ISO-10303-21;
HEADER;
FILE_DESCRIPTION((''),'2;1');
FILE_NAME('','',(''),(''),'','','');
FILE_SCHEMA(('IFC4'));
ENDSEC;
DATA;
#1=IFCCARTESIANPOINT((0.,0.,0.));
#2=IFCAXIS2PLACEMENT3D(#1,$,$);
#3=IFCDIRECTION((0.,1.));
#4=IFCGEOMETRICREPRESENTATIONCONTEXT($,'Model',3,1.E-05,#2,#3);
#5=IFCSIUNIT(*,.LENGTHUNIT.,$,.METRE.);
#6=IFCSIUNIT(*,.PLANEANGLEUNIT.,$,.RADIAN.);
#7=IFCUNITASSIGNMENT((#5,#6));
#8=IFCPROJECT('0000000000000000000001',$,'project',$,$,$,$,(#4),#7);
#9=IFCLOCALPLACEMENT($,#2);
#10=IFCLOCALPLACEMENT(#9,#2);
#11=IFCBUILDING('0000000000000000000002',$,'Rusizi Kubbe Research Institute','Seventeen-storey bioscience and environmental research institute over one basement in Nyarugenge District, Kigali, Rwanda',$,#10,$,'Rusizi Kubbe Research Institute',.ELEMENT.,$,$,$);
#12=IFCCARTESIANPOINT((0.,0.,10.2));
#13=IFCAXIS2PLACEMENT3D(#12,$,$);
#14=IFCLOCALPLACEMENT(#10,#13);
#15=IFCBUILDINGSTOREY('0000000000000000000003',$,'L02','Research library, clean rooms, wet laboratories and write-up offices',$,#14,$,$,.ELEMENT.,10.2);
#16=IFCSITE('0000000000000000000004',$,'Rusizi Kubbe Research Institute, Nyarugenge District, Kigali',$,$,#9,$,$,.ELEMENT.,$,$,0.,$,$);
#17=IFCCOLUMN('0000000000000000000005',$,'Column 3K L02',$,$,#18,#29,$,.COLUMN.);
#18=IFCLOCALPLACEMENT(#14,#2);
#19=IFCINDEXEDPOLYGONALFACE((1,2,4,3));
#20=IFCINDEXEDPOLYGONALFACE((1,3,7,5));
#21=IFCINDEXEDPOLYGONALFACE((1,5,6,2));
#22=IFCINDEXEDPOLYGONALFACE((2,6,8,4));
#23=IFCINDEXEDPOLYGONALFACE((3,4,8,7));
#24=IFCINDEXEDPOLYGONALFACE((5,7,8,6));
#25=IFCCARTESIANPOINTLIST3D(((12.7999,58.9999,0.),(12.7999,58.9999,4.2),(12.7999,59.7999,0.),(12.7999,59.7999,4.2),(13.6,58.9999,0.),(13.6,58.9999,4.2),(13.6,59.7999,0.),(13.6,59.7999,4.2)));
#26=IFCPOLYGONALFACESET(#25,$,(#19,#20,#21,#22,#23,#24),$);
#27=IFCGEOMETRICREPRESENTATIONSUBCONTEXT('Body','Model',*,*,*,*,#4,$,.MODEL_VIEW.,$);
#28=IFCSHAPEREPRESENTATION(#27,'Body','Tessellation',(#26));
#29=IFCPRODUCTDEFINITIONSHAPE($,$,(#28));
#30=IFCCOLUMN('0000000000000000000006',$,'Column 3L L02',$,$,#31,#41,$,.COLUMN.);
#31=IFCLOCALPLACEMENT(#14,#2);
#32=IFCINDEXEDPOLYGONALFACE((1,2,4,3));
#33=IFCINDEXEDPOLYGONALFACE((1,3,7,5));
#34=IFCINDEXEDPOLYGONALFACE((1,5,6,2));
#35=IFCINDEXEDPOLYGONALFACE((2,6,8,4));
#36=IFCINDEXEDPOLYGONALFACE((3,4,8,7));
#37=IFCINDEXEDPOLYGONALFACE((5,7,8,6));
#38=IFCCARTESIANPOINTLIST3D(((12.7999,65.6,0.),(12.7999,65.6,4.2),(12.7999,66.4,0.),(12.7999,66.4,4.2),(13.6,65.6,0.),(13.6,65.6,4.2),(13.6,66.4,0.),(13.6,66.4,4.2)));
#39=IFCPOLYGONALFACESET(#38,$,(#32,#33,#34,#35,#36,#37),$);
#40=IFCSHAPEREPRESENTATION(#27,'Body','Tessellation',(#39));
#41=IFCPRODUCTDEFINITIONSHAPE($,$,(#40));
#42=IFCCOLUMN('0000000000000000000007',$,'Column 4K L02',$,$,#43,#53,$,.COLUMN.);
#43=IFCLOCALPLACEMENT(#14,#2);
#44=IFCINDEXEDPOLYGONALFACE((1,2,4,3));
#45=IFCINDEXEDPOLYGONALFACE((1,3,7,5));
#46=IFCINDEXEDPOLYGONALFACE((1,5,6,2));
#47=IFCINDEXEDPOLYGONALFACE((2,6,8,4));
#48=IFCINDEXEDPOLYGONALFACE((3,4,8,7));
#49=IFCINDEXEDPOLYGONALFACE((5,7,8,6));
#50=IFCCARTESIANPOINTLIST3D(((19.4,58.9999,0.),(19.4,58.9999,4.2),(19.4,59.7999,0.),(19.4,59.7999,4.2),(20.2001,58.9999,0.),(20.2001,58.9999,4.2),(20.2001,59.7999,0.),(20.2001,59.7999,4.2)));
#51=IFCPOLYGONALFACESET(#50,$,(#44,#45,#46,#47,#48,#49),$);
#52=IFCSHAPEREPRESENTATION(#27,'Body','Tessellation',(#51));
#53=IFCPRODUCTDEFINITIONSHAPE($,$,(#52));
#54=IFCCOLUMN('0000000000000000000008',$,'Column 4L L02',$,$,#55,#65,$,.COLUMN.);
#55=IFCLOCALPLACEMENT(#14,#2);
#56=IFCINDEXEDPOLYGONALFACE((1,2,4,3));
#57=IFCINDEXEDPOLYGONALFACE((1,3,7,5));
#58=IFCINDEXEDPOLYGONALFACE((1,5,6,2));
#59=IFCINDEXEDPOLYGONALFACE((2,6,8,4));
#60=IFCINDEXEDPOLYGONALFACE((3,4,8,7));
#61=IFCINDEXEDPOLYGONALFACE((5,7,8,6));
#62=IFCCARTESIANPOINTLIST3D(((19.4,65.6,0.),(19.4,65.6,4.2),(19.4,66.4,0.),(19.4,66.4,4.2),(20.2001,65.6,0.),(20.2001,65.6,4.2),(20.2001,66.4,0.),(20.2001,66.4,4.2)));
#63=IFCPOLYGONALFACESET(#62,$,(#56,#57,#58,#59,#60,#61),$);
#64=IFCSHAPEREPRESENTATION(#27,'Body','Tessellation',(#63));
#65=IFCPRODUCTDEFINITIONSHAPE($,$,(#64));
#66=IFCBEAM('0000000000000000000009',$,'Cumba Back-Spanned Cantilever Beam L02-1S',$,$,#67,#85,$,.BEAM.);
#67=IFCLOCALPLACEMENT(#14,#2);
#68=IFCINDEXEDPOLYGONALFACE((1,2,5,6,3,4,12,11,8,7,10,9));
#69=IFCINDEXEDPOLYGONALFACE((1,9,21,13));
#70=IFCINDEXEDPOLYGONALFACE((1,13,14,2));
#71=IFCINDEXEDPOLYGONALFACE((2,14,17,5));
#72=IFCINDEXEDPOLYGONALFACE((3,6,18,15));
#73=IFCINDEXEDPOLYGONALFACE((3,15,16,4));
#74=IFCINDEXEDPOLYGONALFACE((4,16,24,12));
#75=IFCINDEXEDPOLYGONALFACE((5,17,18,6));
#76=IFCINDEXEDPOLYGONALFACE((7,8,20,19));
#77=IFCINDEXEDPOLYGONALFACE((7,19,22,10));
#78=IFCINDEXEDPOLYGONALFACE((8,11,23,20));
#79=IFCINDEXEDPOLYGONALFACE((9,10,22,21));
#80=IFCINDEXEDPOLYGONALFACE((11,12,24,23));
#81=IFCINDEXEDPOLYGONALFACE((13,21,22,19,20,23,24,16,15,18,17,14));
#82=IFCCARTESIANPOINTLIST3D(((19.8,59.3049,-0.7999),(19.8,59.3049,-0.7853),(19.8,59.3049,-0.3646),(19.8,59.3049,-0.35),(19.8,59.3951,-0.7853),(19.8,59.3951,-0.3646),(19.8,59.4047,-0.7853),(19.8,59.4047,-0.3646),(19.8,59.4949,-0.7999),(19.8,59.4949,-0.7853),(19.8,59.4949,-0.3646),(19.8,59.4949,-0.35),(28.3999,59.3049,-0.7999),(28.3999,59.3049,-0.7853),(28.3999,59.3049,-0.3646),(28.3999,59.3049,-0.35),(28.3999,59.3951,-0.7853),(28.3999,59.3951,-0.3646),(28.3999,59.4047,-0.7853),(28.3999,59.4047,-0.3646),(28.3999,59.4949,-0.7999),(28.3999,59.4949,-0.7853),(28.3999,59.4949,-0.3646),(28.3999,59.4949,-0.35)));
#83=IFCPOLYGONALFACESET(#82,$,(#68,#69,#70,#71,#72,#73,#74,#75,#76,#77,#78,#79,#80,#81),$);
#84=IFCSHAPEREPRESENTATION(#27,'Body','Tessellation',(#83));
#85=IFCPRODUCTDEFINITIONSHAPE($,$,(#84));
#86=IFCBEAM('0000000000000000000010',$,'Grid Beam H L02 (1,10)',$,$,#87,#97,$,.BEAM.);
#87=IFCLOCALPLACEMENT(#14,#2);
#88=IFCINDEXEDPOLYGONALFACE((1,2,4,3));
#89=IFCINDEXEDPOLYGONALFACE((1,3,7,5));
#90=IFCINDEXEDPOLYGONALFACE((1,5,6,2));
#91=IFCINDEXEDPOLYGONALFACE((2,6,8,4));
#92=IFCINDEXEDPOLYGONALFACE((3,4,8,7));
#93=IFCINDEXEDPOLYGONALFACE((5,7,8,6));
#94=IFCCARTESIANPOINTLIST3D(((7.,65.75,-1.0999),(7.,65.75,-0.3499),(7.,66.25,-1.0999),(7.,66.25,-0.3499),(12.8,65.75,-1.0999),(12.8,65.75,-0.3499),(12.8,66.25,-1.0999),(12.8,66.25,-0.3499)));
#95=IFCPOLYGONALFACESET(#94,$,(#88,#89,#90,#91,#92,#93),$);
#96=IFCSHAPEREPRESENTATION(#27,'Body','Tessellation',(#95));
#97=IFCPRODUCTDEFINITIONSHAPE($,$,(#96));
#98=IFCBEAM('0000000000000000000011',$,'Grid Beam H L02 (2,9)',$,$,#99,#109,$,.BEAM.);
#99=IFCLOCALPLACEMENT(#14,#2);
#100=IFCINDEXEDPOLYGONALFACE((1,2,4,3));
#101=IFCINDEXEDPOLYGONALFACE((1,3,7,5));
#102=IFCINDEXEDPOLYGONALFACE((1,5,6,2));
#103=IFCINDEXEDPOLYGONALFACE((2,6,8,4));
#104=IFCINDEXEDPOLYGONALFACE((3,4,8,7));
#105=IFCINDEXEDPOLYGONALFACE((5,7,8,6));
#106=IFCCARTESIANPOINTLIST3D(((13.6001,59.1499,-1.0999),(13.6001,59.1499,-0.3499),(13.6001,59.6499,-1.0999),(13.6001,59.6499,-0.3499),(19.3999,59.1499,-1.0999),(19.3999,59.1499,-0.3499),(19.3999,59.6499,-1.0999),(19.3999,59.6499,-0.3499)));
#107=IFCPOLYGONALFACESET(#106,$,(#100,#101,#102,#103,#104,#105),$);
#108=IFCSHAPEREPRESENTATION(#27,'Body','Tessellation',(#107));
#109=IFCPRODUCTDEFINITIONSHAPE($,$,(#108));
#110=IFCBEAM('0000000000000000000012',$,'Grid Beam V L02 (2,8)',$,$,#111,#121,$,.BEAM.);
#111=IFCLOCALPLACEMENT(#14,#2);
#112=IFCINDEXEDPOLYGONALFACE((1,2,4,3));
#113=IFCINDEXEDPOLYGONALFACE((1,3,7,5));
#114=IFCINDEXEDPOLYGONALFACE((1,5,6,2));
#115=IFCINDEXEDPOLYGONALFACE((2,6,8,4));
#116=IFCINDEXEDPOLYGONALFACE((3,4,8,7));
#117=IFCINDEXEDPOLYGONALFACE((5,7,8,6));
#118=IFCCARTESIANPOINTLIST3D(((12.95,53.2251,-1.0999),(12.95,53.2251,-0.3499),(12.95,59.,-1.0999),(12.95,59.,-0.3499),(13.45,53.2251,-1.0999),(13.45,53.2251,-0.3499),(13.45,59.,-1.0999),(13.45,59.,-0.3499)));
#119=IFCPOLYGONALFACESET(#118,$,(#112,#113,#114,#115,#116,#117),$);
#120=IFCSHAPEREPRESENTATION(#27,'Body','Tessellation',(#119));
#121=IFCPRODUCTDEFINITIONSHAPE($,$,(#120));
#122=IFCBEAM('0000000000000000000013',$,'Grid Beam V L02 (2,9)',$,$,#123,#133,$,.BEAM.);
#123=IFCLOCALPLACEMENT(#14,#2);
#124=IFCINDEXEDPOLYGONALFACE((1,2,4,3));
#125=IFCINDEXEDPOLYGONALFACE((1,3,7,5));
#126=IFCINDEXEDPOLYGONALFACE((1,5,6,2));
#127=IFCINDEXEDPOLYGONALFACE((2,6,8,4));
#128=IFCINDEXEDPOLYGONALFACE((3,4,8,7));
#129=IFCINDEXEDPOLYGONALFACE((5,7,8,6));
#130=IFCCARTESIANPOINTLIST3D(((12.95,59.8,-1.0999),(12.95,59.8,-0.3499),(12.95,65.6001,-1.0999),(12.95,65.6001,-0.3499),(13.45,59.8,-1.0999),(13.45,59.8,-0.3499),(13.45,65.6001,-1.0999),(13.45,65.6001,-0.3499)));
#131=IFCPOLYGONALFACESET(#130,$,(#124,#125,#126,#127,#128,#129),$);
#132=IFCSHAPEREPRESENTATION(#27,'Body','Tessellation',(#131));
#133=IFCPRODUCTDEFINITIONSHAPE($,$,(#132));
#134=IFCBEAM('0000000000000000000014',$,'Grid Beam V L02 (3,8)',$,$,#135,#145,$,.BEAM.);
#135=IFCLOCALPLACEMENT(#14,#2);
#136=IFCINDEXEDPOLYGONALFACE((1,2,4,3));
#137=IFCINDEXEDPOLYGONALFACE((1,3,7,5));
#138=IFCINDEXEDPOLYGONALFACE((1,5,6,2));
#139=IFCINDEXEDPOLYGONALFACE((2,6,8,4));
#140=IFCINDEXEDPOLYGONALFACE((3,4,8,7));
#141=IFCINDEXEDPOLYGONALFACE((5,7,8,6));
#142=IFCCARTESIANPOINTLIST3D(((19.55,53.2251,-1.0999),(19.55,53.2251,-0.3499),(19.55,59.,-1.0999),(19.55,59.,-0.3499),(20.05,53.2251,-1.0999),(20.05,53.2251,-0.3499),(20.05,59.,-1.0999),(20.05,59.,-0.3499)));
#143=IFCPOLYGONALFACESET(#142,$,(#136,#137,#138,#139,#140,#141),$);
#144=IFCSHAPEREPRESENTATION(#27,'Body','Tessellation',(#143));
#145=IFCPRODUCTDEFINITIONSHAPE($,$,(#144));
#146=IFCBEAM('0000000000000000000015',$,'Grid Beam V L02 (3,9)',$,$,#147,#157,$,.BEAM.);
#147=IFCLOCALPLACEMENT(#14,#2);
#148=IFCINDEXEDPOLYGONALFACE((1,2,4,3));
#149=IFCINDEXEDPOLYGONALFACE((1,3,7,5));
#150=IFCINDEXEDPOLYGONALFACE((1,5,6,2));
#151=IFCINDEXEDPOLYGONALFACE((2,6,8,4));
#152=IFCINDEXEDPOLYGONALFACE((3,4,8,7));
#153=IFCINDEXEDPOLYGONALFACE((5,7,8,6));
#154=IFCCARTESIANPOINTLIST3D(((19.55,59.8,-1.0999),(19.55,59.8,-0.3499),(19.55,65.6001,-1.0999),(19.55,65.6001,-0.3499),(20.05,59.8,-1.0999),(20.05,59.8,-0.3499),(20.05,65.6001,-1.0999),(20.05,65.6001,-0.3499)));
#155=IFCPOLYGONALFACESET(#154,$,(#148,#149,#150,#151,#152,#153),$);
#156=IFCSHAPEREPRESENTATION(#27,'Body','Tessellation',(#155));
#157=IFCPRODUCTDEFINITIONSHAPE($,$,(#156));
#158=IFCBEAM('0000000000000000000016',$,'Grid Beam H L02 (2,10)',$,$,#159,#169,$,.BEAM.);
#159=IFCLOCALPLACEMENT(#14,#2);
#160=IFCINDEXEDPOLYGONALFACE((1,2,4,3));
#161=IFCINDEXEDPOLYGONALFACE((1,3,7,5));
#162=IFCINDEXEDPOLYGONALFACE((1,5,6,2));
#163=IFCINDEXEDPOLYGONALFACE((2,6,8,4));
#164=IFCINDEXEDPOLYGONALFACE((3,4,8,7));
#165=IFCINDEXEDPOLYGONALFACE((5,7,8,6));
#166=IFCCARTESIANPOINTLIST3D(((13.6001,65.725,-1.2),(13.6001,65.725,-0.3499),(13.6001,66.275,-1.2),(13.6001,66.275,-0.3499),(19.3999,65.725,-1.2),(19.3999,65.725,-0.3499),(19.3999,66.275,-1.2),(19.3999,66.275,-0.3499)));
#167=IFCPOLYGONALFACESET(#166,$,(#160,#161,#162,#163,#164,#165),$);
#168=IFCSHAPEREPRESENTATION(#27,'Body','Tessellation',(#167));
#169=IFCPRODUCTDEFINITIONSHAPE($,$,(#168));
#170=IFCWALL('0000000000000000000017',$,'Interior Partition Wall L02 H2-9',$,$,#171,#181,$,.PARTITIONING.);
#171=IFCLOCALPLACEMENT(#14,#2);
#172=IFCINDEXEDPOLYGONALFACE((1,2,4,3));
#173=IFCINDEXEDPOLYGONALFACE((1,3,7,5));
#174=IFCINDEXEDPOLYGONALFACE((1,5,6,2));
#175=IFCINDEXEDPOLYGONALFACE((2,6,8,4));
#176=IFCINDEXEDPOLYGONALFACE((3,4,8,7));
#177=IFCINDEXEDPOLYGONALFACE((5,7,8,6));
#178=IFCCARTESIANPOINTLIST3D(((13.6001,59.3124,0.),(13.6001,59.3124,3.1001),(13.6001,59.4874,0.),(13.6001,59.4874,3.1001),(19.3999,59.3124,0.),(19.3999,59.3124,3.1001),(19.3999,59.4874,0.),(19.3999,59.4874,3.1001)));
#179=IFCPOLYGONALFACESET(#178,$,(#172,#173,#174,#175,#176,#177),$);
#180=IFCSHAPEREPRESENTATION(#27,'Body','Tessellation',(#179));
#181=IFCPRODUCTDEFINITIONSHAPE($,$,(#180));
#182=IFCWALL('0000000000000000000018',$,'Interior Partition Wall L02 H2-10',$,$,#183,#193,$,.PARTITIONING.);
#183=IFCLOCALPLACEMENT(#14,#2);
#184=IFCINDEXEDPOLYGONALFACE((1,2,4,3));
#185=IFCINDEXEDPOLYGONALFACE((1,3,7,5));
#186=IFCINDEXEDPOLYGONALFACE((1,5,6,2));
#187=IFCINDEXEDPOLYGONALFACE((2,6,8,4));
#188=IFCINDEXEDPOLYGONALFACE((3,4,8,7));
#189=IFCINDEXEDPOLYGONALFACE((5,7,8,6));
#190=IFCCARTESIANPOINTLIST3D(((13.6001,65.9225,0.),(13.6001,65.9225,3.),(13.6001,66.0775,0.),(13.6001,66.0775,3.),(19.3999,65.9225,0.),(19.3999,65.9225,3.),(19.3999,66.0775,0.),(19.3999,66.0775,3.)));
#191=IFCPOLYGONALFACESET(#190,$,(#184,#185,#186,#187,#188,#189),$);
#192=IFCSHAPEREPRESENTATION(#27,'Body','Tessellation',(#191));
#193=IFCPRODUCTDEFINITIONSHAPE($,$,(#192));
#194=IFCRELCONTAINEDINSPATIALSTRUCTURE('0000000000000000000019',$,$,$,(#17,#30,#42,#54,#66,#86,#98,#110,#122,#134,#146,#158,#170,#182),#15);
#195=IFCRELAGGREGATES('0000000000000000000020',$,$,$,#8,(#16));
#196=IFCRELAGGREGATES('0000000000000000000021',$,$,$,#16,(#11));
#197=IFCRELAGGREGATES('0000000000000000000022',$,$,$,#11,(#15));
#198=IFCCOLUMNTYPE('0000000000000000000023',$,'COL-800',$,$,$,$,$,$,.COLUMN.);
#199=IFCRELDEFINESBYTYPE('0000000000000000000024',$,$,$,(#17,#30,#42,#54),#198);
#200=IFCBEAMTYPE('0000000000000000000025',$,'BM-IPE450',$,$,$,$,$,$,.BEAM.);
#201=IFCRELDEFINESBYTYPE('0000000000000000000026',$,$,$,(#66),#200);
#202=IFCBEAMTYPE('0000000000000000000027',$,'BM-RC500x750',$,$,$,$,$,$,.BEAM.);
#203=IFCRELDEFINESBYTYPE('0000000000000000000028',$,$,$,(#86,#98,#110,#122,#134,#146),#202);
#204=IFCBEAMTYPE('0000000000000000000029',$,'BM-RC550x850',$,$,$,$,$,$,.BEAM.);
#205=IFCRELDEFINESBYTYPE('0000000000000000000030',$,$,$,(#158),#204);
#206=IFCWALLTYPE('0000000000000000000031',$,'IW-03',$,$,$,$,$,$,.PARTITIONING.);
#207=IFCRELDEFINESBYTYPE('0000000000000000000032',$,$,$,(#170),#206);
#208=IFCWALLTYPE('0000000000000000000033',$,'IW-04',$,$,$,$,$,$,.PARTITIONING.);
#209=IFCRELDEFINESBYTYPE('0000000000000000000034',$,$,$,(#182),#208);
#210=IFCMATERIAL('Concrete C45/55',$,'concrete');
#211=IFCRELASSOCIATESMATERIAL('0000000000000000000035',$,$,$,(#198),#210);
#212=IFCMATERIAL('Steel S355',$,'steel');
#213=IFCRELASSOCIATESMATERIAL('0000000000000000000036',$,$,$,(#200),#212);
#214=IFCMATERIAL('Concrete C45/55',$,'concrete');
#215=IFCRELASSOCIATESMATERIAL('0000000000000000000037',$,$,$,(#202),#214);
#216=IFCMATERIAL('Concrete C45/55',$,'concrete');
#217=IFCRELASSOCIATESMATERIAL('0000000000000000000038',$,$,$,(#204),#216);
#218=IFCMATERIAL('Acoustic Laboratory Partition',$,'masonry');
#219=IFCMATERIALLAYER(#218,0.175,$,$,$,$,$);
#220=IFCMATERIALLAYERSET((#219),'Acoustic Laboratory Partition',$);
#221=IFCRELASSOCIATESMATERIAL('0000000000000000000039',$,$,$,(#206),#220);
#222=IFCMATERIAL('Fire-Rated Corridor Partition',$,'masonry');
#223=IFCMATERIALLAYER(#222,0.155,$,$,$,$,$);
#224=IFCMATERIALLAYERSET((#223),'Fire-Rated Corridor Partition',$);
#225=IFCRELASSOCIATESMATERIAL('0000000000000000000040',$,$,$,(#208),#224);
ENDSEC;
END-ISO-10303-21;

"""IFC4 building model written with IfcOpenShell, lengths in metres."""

from ifc_helpers import new_model, si_unit, direction, frame, frame_2d, origin, origin_2d, place, context, subcontext, project, spatial, rectangle, i_section, extrude, material, layer, layer_set, material_profile, profile_set, type_object, element, save


model = new_model("IFC4")

# Units and contexts
model_context = context("Model", 3, precision=1e-05, world=origin(), true_north=direction((0.0, 1.0)))
body_context = subcontext(model_context, "Body", "Model", "MODEL_VIEW")
ifc_project = project(units=[si_unit("LENGTHUNIT", "METRE"), si_unit("PLANEANGLEUNIT", "RADIAN")], contexts=[model_context])

# Site, building, storey
site_placement = place(None, origin())
site = spatial("IfcSite", under=ifc_project, at=site_placement, Name="Rusizi Kubbe Research Institute, Nyarugenge District, Kigali", CompositionType="ELEMENT", RefElevation=0.0)
building_placement = place(site_placement, origin())
building = spatial("IfcBuilding", under=site, at=building_placement, Name="Rusizi Kubbe Research Institute", Description="Seventeen-storey bioscience and environmental research institute over one basement in Nyarugenge District, Kigali, Rwanda", LongName="Rusizi Kubbe Research Institute", CompositionType="ELEMENT")
storey_placement = place(building_placement, frame((0.0, 0.0, 10.2)))
storey = spatial("IfcBuildingStorey", under=building, at=storey_placement, Name="L02", Description="Research library, clean rooms, wet laboratories and write-up offices", CompositionType="ELEMENT", Elevation=10.2)

# Columns
ifc_material_1 = material(Name="Concrete C45/55", Category="concrete")
ifc_material_profile_1 = material_profile(ifc_material_1, rectangle(XDim=0.8, YDim=0.8, at=origin_2d()), Name="RC800x800")
ifc_profile_set_1 = profile_set([ifc_material_profile_1], Name="Concrete C45/55")
column_type = type_object("IfcColumnType", Name="COL-800", PredefinedType="COLUMN", material=ifc_profile_set_1)
for number, where, z_axis, x_axis, name in (
    (1, (13.2, 59.3999, 0.0), (0.0, 0.0, 1.0), (1.0, 0.0, 0.0), "Column 3K L02"),
    (2, (13.2, 66.0, 0.0), (0.0, 0.0, 1.0), (1.0, 0.0, 0.0), "Column 3L L02"),
    (3, (19.8, 59.3999, 0.0), (0.0, 0.0, 1.0), (1.0, 0.0, 0.0), "Column 4K L02"),
    (4, (19.8, 66.0, 0.0), (0.0, 0.0, 1.0), (1.0, 0.0, 0.0), "Column 4L L02"),
):
    element("IfcColumn", number, at=place(storey_placement, frame(where, z_axis=z_axis, x_axis=x_axis)), inside=storey, type_object=column_type, Name=name, PredefinedType="COLUMN", context=body_context, shape_type="SweptSolid", body=[
        extrude(rectangle(XDim=0.8, YDim=0.8, at=origin_2d()), origin(), (0.0, 0.0, 1.0), 4.2),
    ])

# Beams
ifc_material_2 = material(Name="Steel S355", Category="steel")
ifc_material_profile_2 = material_profile(ifc_material_2, i_section(OverallWidth=0.1899, OverallDepth=0.45, WebThickness=0.0095, FlangeThickness=0.0146, at=origin_2d()), Name="IPE 450")
ifc_profile_set_2 = profile_set([ifc_material_profile_2], Name="Steel S355")
beam_type_1 = type_object("IfcBeamType", Name="BM-IPE450", PredefinedType="BEAM", material=ifc_profile_set_2)
beam_1_placement = place(storey_placement, frame((19.8, 59.3999, -0.575), z_axis=(1.0, 0.0, 0.0), x_axis=(0.0, 1.0, 0.0)))
element("IfcBeam", 5, at=beam_1_placement, inside=storey, type_object=beam_type_1, Name="Cumba Back-Spanned Cantilever Beam L02-1S", PredefinedType="BEAM", context=body_context, shape_type="SweptSolid", body=[
    extrude(i_section(OverallWidth=0.1899, OverallDepth=0.45, WebThickness=0.0095, FlangeThickness=0.0146, at=origin_2d()), origin(), (0.0, 0.0, 1.0), 8.5999),
])
ifc_material_3 = material(Name="Concrete C45/55", Category="concrete")
ifc_material_profile_3 = material_profile(ifc_material_3, rectangle(XDim=0.5, YDim=0.75, at=origin_2d()), Name="RC500x750B")
ifc_profile_set_3 = profile_set([ifc_material_profile_3], Name="Concrete C45/55")
beam_type_2 = type_object("IfcBeamType", Name="BM-RC500x750", PredefinedType="BEAM", material=ifc_profile_set_3)
beam_2_placement = place(storey_placement, frame((7.0, 66.0, -0.7249), z_axis=(1.0, 0.0, 0.0), x_axis=(0.0, 1.0, 0.0)))
element("IfcBeam", 6, at=beam_2_placement, inside=storey, type_object=beam_type_2, Name="Grid Beam H L02 (1,10)", PredefinedType="BEAM", context=body_context, shape_type="SweptSolid", body=[
    extrude(rectangle(XDim=0.5, YDim=0.75, at=origin_2d()), origin(), (0.0, 0.0, 1.0), 5.8),
])
beam_3_placement = place(storey_placement, frame((13.6001, 59.3999, -0.7249), z_axis=(1.0, 0.0, 0.0), x_axis=(0.0, 1.0, 0.0)))
element("IfcBeam", 7, at=beam_3_placement, inside=storey, type_object=beam_type_2, Name="Grid Beam H L02 (2,9)", PredefinedType="BEAM", context=body_context, shape_type="SweptSolid", body=[
    extrude(rectangle(XDim=0.5, YDim=0.75, at=origin_2d()), origin(), (0.0, 0.0, 1.0), 5.7998),
])
beam_4_placement = place(storey_placement, frame((13.2, 53.2251, -0.7249), z_axis=(0.0, 1.0, 0.0), x_axis=(-1.0, 0.0, 0.0)))
element("IfcBeam", 8, at=beam_4_placement, inside=storey, type_object=beam_type_2, Name="Grid Beam V L02 (2,8)", PredefinedType="BEAM", context=body_context, shape_type="SweptSolid", body=[
    extrude(rectangle(XDim=0.5, YDim=0.75, at=origin_2d()), origin(), (0.0, 0.0, 1.0), 5.7749),
])
beam_5_placement = place(storey_placement, frame((13.2, 59.8, -0.7249), z_axis=(0.0, 1.0, 0.0), x_axis=(-1.0, 0.0, 0.0)))
element("IfcBeam", 9, at=beam_5_placement, inside=storey, type_object=beam_type_2, Name="Grid Beam V L02 (2,9)", PredefinedType="BEAM", context=body_context, shape_type="SweptSolid", body=[
    extrude(rectangle(XDim=0.5, YDim=0.75, at=origin_2d()), origin(), (0.0, 0.0, 1.0), 5.8),
])
beam_6_placement = place(storey_placement, frame((19.8, 53.2251, -0.7249), z_axis=(0.0, 1.0, 0.0), x_axis=(-1.0, 0.0, 0.0)))
element("IfcBeam", 10, at=beam_6_placement, inside=storey, type_object=beam_type_2, Name="Grid Beam V L02 (3,8)", PredefinedType="BEAM", context=body_context, shape_type="SweptSolid", body=[
    extrude(rectangle(XDim=0.5, YDim=0.75, at=origin_2d()), origin(), (0.0, 0.0, 1.0), 5.7749),
])
beam_7_placement = place(storey_placement, frame((19.8, 59.8, -0.7249), z_axis=(0.0, 1.0, 0.0), x_axis=(-1.0, 0.0, 0.0)))
element("IfcBeam", 11, at=beam_7_placement, inside=storey, type_object=beam_type_2, Name="Grid Beam V L02 (3,9)", PredefinedType="BEAM", context=body_context, shape_type="SweptSolid", body=[
    extrude(rectangle(XDim=0.5, YDim=0.75, at=origin_2d()), origin(), (0.0, 0.0, 1.0), 5.8),
])
ifc_material_4 = material(Name="Concrete C45/55", Category="concrete")
ifc_material_profile_4 = material_profile(ifc_material_4, rectangle(XDim=0.55, YDim=0.8501, at=origin_2d()), Name="RC550x850")
ifc_profile_set_4 = profile_set([ifc_material_profile_4], Name="Concrete C45/55")
beam_type_3 = type_object("IfcBeamType", Name="BM-RC550x850", PredefinedType="BEAM", material=ifc_profile_set_4)
beam_8_placement = place(storey_placement, frame((13.6001, 66.0, -0.7749), z_axis=(1.0, 0.0, 0.0), x_axis=(0.0, 1.0, 0.0)))
element("IfcBeam", 12, at=beam_8_placement, inside=storey, type_object=beam_type_3, Name="Grid Beam H L02 (2,10)", PredefinedType="BEAM", context=body_context, shape_type="SweptSolid", body=[
    extrude(rectangle(XDim=0.55, YDim=0.8501, at=origin_2d()), origin(), (0.0, 0.0, 1.0), 5.7998),
])

# Walls
ifc_material_5 = material(Name="Acoustic Laboratory Partition", Category="masonry")
ifc_layer_1 = layer(ifc_material_5, 0.175)
ifc_layer_set_1 = layer_set([ifc_layer_1], Name="Acoustic Laboratory Partition")
wall_type_1 = type_object("IfcWallType", Name="IW-03", PredefinedType="PARTITIONING", material=ifc_layer_set_1)
wall_1_placement = place(storey_placement, frame((13.6001, 59.3999, 0.0), z_axis=(0.0, 0.0, 1.0), x_axis=(1.0, 0.0, 0.0)))
element("IfcWall", 13, at=wall_1_placement, inside=storey, type_object=wall_type_1, Name="Interior Partition Wall L02 H2-9", PredefinedType="PARTITIONING", context=body_context, shape_type="SweptSolid", body=[
    extrude(rectangle(XDim=5.7998, YDim=0.175, at=frame_2d((2.8999, 0.0))), origin(), (0.0, 0.0, 1.0), 3.1001),
])
ifc_material_6 = material(Name="Fire-Rated Corridor Partition", Category="masonry")
ifc_layer_2 = layer(ifc_material_6, 0.155)
ifc_layer_set_2 = layer_set([ifc_layer_2], Name="Fire-Rated Corridor Partition")
wall_type_2 = type_object("IfcWallType", Name="IW-04", PredefinedType="PARTITIONING", material=ifc_layer_set_2)
wall_2_placement = place(storey_placement, frame((13.6001, 66.0, 0.0), z_axis=(0.0, 0.0, 1.0), x_axis=(1.0, 0.0, 0.0)))
element("IfcWall", 14, at=wall_2_placement, inside=storey, type_object=wall_type_2, Name="Interior Partition Wall L02 H2-10", PredefinedType="PARTITIONING", context=body_context, shape_type="SweptSolid", body=[
    extrude(rectangle(XDim=5.7998, YDim=0.155, at=frame_2d((2.8999, 0.0))), origin(), (0.0, 0.0, 1.0), 3.0),
])

save(model, "model.ifc")
